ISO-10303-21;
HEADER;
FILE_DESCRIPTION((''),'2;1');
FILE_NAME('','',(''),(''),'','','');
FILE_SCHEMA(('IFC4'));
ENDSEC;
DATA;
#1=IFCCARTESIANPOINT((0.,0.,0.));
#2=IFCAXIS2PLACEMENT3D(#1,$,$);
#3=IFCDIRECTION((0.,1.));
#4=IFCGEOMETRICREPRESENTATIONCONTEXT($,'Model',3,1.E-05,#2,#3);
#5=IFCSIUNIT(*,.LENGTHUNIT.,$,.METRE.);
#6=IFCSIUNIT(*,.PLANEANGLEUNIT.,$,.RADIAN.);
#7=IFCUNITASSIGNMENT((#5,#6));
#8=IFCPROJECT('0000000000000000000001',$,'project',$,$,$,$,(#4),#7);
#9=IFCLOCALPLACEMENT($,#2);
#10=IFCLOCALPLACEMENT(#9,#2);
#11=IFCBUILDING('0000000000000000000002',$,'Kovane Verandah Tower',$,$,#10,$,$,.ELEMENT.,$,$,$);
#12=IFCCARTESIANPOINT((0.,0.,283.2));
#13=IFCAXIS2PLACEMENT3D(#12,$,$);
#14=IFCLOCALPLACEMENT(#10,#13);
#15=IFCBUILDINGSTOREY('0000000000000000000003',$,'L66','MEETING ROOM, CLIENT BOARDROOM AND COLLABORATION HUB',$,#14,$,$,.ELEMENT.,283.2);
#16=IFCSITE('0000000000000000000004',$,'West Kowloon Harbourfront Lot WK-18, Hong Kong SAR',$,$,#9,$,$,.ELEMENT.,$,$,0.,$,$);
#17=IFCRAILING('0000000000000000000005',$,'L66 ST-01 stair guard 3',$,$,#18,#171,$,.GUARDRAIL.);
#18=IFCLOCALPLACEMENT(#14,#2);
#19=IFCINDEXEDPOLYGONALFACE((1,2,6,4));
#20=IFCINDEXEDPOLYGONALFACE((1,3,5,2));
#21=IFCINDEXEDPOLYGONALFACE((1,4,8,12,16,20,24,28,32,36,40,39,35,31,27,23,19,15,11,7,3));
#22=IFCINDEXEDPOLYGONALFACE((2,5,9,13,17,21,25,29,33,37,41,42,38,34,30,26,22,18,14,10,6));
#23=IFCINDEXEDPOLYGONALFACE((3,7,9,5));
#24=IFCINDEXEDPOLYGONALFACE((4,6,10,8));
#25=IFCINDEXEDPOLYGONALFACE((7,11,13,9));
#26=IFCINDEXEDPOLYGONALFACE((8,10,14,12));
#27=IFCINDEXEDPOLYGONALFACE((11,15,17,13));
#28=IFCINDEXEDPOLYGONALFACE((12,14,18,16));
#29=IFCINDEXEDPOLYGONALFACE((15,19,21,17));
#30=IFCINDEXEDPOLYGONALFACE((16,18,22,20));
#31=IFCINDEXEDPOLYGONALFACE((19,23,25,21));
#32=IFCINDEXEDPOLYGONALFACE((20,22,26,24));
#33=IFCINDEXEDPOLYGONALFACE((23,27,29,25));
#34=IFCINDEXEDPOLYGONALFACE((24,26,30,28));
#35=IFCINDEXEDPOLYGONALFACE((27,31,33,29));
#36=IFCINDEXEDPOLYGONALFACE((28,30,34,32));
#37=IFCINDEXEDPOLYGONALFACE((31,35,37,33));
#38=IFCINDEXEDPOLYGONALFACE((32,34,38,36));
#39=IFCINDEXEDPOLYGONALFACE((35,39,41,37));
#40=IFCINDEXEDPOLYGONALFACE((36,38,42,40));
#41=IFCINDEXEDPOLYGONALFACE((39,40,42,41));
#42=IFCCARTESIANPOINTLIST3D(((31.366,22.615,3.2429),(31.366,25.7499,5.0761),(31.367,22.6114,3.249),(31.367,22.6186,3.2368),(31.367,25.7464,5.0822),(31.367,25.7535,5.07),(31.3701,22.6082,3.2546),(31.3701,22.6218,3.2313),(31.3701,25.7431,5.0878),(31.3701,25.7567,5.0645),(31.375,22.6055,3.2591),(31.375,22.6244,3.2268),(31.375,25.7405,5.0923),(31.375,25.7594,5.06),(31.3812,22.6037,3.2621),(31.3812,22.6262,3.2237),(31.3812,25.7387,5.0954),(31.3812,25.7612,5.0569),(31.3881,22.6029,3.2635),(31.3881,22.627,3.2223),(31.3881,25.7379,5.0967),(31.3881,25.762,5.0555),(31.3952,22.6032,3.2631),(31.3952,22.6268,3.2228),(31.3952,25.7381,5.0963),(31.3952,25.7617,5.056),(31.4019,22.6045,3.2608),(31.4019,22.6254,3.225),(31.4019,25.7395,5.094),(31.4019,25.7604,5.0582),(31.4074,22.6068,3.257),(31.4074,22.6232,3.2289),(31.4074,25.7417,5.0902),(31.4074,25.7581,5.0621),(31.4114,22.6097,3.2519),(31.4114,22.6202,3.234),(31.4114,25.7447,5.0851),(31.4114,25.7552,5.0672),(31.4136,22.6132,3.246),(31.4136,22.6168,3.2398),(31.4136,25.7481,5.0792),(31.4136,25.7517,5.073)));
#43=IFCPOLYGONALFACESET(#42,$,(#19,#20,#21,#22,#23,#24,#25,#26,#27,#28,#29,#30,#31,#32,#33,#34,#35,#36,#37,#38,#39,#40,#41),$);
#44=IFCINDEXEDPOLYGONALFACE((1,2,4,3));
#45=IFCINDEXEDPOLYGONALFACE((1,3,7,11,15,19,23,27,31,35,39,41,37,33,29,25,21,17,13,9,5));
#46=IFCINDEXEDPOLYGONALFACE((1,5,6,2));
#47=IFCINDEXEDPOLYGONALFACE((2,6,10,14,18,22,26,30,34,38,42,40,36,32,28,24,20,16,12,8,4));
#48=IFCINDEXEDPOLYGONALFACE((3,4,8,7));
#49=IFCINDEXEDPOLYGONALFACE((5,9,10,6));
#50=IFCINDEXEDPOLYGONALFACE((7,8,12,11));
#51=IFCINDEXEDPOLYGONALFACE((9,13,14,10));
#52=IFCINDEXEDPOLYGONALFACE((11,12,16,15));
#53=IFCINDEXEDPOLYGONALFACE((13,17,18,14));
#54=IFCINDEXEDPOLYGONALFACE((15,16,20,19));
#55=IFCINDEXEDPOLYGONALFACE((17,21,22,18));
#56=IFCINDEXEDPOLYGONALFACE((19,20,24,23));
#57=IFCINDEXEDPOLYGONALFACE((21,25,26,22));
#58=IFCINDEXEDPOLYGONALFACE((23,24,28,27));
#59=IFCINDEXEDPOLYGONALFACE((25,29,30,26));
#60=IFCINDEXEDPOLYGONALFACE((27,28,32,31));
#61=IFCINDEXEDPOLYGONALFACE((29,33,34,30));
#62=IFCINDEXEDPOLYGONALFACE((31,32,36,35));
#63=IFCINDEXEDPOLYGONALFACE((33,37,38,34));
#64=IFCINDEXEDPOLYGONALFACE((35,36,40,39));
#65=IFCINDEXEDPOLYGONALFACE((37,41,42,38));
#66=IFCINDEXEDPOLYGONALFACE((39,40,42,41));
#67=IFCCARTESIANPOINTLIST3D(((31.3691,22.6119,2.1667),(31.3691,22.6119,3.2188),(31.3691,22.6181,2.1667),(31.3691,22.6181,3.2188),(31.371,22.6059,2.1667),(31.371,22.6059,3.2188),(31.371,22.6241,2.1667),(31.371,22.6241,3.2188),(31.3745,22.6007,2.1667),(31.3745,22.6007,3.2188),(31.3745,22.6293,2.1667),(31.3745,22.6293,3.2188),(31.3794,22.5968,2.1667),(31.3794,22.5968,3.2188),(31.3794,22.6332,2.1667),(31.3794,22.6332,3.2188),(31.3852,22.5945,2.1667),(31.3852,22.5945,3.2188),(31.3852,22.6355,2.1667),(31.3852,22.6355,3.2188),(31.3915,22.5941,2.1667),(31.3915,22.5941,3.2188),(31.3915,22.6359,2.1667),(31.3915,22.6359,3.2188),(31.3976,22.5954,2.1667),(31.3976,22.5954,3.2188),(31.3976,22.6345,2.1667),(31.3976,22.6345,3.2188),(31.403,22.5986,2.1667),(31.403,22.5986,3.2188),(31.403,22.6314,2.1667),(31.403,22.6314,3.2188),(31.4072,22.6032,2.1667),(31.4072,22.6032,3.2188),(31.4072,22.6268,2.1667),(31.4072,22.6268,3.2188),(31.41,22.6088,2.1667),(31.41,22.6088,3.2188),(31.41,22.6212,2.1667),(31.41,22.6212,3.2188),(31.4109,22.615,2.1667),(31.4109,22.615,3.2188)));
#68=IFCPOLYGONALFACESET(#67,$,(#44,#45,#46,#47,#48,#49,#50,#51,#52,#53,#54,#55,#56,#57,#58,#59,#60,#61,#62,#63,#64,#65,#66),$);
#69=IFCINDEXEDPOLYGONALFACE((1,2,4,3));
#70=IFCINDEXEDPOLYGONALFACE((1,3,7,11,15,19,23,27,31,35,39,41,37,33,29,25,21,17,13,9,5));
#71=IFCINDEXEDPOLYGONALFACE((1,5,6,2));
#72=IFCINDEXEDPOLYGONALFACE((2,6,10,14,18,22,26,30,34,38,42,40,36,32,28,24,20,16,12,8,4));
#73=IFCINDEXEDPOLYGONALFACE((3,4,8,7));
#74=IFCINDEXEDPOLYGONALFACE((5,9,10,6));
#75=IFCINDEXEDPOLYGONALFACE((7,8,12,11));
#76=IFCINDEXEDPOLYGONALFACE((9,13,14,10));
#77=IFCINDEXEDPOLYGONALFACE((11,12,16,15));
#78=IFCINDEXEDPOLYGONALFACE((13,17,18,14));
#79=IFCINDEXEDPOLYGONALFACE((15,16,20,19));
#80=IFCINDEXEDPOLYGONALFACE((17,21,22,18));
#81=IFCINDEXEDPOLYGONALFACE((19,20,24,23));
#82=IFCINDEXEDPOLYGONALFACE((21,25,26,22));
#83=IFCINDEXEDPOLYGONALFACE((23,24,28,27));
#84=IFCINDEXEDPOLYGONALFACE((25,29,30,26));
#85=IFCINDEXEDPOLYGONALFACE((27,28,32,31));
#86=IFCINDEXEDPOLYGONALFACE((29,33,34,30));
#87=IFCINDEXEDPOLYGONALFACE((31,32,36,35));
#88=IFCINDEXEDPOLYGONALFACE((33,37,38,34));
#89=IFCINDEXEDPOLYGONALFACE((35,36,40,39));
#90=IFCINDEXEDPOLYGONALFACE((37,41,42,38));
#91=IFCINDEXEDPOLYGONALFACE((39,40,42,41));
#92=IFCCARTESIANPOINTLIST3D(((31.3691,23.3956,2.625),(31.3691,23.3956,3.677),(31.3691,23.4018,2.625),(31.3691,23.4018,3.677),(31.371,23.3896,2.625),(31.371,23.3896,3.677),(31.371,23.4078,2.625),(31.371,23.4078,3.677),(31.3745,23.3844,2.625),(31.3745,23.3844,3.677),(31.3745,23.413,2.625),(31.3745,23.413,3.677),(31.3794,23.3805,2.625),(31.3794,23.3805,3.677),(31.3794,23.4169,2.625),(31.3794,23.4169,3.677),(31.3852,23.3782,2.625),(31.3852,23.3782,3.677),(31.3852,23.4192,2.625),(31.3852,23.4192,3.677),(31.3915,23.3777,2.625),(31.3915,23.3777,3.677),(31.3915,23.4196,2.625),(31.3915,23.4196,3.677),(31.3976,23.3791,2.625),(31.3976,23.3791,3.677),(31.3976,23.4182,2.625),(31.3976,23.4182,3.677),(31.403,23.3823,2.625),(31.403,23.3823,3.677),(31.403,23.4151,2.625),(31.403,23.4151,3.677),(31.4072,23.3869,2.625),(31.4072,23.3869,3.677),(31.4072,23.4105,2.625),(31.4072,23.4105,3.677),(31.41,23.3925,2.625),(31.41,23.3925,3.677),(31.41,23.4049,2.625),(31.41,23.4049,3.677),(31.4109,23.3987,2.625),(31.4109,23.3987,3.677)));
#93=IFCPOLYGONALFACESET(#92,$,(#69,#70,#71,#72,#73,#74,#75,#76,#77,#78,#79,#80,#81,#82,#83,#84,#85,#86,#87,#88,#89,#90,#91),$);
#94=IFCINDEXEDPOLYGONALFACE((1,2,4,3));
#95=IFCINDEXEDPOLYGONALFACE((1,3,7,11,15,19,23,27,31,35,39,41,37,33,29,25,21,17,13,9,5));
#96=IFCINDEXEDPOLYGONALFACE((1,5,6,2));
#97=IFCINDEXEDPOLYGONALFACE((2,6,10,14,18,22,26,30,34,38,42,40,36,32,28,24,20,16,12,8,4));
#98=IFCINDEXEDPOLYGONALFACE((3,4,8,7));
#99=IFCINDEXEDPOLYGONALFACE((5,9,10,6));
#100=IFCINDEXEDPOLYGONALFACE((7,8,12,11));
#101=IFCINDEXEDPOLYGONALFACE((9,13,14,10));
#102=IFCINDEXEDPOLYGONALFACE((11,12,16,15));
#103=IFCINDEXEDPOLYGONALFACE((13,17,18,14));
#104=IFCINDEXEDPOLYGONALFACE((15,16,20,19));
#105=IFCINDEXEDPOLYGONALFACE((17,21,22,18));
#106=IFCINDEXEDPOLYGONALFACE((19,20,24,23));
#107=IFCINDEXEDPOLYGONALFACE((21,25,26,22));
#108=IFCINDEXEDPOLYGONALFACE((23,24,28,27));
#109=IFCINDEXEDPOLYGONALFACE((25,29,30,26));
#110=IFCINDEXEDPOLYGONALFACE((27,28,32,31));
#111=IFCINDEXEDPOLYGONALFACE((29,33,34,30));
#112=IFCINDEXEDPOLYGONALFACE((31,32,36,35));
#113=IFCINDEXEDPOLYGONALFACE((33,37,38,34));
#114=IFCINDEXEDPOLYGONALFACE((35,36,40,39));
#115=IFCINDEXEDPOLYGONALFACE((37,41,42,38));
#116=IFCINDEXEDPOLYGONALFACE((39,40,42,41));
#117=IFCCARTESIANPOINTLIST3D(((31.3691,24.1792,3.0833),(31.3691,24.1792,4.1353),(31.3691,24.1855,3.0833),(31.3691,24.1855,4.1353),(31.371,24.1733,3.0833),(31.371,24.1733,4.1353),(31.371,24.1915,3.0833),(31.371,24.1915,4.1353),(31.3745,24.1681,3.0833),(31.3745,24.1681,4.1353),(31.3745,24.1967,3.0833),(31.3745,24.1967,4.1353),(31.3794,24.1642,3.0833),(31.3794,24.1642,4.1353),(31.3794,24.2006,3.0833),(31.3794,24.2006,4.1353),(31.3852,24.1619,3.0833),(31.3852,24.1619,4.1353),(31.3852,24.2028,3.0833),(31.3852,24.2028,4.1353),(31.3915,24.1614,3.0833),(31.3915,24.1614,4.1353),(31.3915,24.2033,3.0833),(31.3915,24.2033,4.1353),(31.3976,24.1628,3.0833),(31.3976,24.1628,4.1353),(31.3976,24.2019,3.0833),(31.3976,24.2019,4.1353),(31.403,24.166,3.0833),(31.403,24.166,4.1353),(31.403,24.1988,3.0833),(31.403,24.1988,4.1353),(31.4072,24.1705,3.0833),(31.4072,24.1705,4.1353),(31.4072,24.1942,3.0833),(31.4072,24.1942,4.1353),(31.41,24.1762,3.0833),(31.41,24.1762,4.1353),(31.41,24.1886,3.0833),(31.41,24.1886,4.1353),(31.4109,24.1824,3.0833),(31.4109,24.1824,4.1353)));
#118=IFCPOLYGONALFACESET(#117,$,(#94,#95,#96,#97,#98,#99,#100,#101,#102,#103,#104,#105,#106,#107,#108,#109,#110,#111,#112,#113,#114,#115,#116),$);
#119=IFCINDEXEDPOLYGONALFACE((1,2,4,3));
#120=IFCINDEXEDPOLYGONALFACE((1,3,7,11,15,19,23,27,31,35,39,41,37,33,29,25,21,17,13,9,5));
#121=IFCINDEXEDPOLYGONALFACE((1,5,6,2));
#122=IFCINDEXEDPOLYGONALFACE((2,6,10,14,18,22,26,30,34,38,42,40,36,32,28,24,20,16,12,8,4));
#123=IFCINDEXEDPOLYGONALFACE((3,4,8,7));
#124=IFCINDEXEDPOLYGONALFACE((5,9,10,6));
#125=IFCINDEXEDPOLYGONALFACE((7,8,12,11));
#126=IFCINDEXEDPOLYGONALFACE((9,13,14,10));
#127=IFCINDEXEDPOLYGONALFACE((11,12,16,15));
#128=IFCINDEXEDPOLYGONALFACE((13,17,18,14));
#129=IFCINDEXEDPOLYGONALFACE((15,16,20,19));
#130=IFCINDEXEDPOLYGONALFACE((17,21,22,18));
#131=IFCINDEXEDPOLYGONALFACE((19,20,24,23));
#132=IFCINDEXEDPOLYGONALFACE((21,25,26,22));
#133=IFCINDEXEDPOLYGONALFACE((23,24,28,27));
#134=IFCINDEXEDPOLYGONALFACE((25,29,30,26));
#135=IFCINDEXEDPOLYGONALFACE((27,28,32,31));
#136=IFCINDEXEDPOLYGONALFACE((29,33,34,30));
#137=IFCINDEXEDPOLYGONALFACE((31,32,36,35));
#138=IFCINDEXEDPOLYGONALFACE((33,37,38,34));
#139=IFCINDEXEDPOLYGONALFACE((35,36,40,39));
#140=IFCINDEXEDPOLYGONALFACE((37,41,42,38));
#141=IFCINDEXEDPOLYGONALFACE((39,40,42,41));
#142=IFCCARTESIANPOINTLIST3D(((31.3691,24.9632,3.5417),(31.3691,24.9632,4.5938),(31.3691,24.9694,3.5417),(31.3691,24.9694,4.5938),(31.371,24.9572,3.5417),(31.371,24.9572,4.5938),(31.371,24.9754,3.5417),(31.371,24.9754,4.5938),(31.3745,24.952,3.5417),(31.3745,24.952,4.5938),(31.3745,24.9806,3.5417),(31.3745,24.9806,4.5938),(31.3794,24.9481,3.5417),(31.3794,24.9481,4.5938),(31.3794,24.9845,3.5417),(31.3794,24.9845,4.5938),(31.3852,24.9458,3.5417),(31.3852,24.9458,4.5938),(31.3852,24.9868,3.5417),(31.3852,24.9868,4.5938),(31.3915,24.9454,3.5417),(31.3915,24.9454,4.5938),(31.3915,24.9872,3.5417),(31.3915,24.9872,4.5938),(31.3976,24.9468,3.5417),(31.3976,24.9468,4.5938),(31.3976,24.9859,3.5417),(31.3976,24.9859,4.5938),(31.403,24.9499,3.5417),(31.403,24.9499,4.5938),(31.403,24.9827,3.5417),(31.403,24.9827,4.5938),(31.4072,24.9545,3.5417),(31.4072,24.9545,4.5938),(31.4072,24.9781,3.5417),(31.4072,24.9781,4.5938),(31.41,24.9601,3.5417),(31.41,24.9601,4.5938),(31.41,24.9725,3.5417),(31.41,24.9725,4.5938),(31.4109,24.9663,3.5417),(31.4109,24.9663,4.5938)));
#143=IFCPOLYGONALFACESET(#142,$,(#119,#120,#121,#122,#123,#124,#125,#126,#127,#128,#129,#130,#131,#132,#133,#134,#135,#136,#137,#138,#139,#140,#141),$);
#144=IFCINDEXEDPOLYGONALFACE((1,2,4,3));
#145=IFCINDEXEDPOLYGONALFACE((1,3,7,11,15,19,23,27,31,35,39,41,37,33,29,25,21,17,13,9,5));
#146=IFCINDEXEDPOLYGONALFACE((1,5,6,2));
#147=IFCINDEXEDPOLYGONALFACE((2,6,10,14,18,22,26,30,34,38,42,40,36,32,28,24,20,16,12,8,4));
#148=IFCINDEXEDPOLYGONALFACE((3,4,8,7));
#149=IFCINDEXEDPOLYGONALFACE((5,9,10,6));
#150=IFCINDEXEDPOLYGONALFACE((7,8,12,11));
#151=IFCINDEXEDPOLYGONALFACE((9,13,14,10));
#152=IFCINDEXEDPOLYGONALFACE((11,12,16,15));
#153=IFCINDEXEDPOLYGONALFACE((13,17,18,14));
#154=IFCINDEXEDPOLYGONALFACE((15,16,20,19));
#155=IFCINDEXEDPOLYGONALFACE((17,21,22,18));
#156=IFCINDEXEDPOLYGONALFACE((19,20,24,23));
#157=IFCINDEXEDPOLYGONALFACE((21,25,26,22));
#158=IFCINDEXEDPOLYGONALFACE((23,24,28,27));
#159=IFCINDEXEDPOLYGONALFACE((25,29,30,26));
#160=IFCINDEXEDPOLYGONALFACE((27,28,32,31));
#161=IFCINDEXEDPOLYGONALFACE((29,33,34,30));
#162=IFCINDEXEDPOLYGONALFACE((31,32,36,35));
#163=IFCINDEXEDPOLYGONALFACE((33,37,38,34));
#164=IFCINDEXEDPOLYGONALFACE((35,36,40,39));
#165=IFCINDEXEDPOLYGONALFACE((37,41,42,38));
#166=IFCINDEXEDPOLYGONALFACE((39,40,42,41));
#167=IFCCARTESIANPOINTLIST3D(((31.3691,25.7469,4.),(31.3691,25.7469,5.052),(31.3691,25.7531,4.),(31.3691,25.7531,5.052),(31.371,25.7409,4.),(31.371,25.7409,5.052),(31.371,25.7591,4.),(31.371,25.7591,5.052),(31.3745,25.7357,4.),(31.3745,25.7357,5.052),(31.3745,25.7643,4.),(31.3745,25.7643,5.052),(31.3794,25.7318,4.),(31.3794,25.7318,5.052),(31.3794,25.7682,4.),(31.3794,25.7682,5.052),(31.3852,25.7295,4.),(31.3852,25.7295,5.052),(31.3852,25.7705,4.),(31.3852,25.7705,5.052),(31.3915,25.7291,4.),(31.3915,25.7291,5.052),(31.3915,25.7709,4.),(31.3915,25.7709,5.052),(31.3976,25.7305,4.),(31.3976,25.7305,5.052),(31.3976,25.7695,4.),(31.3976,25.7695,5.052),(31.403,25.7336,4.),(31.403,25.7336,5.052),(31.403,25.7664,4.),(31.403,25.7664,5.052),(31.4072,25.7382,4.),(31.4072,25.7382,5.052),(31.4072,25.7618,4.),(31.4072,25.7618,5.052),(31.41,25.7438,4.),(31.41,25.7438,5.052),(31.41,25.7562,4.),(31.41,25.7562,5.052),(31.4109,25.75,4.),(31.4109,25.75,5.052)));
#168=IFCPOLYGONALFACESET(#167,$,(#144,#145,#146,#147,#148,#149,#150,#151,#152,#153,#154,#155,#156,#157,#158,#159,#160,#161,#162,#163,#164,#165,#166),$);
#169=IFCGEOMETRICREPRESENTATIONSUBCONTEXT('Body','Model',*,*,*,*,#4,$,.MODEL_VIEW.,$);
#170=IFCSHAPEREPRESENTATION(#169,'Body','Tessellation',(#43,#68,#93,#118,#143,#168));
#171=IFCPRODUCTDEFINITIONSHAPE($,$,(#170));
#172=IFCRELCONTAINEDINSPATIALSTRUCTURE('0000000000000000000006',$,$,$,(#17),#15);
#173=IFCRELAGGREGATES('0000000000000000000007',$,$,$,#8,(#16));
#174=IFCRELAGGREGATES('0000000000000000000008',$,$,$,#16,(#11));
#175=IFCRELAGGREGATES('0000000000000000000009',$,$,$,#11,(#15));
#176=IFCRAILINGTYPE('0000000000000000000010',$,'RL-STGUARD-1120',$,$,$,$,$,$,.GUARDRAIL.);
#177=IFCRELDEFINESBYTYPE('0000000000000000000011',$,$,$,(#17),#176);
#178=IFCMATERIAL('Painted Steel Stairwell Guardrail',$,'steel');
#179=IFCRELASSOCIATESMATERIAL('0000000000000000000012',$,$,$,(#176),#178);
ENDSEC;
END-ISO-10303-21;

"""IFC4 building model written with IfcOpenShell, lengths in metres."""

from ifc_helpers import new_model, si_unit, direction, frame, origin, origin_2d, place, context, subcontext, project, spatial, circle, extrude, material, type_object, element, save


model = new_model("IFC4")

# Units and contexts
model_context = context("Model", 3, precision=1e-05, world=origin(), true_north=direction((0.0, 1.0)))
body_context = subcontext(model_context, "Body", "Model", "MODEL_VIEW")
ifc_project = project(units=[si_unit("LENGTHUNIT", "METRE"), si_unit("PLANEANGLEUNIT", "RADIAN")], contexts=[model_context])

# Site, building, storey
site_placement = place(None, origin())
site = spatial("IfcSite", under=ifc_project, at=site_placement, Name="West Kowloon Harbourfront Lot WK-18, Hong Kong SAR", CompositionType="ELEMENT", RefElevation=0.0)
building_placement = place(site_placement, origin())
building = spatial("IfcBuilding", under=site, at=building_placement, Name="Kovane Verandah Tower", CompositionType="ELEMENT")
storey_placement = place(building_placement, frame((0.0, 0.0, 283.2)))
storey = spatial("IfcBuildingStorey", under=building, at=storey_placement, Name="L66", Description="MEETING ROOM, CLIENT BOARDROOM AND COLLABORATION HUB", CompositionType="ELEMENT", Elevation=283.2)

# Railing
ifc_material_1 = material(Name="Painted Steel Stairwell Guardrail", Category="steel")
railing_type_1 = type_object("IfcRailingType", Name="RL-STGUARD-1120", PredefinedType="GUARDRAIL", material=ifc_material_1)
railing_1_placement = place(storey_placement, frame((31.3899, 22.615, 2.1667)))
element("IfcRailing", 1, at=railing_1_placement, inside=storey, type_object=railing_type_1, Name="L66 ST-01 stair guard 3", PredefinedType="GUARDRAIL", context=body_context, shape_type="SweptSolid", body=[
    extrude(circle(Radius=0.0239, at=origin_2d()), frame((0.0, 0.0, 1.0762), z_axis=(0.0, 0.86324, 0.504794), x_axis=(-1.0, 0.0, 0.0)), (0.0, 0.0, 1.0), 3.6316),
    extrude(circle(Radius=0.021, at=origin_2d()), origin(), (0.0, 0.0, 1.0), 1.052),
    extrude(circle(Radius=0.021, at=origin_2d()), frame((0.0, 0.7837, 0.4583)), (0.0, 0.0, 1.0), 1.052),
    extrude(circle(Radius=0.021, at=origin_2d()), frame((0.0, 1.5674, 0.9165)), (0.0, 0.0, 1.0), 1.052),
    extrude(circle(Radius=0.021, at=origin_2d()), frame((0.0, 2.3513, 1.375)), (0.0, 0.0, 1.0), 1.052),
    extrude(circle(Radius=0.021, at=origin_2d()), frame((0.0, 3.135, 1.8333)), (0.0, 0.0, 1.0), 1.052),
])

save(model, "model.ifc")
